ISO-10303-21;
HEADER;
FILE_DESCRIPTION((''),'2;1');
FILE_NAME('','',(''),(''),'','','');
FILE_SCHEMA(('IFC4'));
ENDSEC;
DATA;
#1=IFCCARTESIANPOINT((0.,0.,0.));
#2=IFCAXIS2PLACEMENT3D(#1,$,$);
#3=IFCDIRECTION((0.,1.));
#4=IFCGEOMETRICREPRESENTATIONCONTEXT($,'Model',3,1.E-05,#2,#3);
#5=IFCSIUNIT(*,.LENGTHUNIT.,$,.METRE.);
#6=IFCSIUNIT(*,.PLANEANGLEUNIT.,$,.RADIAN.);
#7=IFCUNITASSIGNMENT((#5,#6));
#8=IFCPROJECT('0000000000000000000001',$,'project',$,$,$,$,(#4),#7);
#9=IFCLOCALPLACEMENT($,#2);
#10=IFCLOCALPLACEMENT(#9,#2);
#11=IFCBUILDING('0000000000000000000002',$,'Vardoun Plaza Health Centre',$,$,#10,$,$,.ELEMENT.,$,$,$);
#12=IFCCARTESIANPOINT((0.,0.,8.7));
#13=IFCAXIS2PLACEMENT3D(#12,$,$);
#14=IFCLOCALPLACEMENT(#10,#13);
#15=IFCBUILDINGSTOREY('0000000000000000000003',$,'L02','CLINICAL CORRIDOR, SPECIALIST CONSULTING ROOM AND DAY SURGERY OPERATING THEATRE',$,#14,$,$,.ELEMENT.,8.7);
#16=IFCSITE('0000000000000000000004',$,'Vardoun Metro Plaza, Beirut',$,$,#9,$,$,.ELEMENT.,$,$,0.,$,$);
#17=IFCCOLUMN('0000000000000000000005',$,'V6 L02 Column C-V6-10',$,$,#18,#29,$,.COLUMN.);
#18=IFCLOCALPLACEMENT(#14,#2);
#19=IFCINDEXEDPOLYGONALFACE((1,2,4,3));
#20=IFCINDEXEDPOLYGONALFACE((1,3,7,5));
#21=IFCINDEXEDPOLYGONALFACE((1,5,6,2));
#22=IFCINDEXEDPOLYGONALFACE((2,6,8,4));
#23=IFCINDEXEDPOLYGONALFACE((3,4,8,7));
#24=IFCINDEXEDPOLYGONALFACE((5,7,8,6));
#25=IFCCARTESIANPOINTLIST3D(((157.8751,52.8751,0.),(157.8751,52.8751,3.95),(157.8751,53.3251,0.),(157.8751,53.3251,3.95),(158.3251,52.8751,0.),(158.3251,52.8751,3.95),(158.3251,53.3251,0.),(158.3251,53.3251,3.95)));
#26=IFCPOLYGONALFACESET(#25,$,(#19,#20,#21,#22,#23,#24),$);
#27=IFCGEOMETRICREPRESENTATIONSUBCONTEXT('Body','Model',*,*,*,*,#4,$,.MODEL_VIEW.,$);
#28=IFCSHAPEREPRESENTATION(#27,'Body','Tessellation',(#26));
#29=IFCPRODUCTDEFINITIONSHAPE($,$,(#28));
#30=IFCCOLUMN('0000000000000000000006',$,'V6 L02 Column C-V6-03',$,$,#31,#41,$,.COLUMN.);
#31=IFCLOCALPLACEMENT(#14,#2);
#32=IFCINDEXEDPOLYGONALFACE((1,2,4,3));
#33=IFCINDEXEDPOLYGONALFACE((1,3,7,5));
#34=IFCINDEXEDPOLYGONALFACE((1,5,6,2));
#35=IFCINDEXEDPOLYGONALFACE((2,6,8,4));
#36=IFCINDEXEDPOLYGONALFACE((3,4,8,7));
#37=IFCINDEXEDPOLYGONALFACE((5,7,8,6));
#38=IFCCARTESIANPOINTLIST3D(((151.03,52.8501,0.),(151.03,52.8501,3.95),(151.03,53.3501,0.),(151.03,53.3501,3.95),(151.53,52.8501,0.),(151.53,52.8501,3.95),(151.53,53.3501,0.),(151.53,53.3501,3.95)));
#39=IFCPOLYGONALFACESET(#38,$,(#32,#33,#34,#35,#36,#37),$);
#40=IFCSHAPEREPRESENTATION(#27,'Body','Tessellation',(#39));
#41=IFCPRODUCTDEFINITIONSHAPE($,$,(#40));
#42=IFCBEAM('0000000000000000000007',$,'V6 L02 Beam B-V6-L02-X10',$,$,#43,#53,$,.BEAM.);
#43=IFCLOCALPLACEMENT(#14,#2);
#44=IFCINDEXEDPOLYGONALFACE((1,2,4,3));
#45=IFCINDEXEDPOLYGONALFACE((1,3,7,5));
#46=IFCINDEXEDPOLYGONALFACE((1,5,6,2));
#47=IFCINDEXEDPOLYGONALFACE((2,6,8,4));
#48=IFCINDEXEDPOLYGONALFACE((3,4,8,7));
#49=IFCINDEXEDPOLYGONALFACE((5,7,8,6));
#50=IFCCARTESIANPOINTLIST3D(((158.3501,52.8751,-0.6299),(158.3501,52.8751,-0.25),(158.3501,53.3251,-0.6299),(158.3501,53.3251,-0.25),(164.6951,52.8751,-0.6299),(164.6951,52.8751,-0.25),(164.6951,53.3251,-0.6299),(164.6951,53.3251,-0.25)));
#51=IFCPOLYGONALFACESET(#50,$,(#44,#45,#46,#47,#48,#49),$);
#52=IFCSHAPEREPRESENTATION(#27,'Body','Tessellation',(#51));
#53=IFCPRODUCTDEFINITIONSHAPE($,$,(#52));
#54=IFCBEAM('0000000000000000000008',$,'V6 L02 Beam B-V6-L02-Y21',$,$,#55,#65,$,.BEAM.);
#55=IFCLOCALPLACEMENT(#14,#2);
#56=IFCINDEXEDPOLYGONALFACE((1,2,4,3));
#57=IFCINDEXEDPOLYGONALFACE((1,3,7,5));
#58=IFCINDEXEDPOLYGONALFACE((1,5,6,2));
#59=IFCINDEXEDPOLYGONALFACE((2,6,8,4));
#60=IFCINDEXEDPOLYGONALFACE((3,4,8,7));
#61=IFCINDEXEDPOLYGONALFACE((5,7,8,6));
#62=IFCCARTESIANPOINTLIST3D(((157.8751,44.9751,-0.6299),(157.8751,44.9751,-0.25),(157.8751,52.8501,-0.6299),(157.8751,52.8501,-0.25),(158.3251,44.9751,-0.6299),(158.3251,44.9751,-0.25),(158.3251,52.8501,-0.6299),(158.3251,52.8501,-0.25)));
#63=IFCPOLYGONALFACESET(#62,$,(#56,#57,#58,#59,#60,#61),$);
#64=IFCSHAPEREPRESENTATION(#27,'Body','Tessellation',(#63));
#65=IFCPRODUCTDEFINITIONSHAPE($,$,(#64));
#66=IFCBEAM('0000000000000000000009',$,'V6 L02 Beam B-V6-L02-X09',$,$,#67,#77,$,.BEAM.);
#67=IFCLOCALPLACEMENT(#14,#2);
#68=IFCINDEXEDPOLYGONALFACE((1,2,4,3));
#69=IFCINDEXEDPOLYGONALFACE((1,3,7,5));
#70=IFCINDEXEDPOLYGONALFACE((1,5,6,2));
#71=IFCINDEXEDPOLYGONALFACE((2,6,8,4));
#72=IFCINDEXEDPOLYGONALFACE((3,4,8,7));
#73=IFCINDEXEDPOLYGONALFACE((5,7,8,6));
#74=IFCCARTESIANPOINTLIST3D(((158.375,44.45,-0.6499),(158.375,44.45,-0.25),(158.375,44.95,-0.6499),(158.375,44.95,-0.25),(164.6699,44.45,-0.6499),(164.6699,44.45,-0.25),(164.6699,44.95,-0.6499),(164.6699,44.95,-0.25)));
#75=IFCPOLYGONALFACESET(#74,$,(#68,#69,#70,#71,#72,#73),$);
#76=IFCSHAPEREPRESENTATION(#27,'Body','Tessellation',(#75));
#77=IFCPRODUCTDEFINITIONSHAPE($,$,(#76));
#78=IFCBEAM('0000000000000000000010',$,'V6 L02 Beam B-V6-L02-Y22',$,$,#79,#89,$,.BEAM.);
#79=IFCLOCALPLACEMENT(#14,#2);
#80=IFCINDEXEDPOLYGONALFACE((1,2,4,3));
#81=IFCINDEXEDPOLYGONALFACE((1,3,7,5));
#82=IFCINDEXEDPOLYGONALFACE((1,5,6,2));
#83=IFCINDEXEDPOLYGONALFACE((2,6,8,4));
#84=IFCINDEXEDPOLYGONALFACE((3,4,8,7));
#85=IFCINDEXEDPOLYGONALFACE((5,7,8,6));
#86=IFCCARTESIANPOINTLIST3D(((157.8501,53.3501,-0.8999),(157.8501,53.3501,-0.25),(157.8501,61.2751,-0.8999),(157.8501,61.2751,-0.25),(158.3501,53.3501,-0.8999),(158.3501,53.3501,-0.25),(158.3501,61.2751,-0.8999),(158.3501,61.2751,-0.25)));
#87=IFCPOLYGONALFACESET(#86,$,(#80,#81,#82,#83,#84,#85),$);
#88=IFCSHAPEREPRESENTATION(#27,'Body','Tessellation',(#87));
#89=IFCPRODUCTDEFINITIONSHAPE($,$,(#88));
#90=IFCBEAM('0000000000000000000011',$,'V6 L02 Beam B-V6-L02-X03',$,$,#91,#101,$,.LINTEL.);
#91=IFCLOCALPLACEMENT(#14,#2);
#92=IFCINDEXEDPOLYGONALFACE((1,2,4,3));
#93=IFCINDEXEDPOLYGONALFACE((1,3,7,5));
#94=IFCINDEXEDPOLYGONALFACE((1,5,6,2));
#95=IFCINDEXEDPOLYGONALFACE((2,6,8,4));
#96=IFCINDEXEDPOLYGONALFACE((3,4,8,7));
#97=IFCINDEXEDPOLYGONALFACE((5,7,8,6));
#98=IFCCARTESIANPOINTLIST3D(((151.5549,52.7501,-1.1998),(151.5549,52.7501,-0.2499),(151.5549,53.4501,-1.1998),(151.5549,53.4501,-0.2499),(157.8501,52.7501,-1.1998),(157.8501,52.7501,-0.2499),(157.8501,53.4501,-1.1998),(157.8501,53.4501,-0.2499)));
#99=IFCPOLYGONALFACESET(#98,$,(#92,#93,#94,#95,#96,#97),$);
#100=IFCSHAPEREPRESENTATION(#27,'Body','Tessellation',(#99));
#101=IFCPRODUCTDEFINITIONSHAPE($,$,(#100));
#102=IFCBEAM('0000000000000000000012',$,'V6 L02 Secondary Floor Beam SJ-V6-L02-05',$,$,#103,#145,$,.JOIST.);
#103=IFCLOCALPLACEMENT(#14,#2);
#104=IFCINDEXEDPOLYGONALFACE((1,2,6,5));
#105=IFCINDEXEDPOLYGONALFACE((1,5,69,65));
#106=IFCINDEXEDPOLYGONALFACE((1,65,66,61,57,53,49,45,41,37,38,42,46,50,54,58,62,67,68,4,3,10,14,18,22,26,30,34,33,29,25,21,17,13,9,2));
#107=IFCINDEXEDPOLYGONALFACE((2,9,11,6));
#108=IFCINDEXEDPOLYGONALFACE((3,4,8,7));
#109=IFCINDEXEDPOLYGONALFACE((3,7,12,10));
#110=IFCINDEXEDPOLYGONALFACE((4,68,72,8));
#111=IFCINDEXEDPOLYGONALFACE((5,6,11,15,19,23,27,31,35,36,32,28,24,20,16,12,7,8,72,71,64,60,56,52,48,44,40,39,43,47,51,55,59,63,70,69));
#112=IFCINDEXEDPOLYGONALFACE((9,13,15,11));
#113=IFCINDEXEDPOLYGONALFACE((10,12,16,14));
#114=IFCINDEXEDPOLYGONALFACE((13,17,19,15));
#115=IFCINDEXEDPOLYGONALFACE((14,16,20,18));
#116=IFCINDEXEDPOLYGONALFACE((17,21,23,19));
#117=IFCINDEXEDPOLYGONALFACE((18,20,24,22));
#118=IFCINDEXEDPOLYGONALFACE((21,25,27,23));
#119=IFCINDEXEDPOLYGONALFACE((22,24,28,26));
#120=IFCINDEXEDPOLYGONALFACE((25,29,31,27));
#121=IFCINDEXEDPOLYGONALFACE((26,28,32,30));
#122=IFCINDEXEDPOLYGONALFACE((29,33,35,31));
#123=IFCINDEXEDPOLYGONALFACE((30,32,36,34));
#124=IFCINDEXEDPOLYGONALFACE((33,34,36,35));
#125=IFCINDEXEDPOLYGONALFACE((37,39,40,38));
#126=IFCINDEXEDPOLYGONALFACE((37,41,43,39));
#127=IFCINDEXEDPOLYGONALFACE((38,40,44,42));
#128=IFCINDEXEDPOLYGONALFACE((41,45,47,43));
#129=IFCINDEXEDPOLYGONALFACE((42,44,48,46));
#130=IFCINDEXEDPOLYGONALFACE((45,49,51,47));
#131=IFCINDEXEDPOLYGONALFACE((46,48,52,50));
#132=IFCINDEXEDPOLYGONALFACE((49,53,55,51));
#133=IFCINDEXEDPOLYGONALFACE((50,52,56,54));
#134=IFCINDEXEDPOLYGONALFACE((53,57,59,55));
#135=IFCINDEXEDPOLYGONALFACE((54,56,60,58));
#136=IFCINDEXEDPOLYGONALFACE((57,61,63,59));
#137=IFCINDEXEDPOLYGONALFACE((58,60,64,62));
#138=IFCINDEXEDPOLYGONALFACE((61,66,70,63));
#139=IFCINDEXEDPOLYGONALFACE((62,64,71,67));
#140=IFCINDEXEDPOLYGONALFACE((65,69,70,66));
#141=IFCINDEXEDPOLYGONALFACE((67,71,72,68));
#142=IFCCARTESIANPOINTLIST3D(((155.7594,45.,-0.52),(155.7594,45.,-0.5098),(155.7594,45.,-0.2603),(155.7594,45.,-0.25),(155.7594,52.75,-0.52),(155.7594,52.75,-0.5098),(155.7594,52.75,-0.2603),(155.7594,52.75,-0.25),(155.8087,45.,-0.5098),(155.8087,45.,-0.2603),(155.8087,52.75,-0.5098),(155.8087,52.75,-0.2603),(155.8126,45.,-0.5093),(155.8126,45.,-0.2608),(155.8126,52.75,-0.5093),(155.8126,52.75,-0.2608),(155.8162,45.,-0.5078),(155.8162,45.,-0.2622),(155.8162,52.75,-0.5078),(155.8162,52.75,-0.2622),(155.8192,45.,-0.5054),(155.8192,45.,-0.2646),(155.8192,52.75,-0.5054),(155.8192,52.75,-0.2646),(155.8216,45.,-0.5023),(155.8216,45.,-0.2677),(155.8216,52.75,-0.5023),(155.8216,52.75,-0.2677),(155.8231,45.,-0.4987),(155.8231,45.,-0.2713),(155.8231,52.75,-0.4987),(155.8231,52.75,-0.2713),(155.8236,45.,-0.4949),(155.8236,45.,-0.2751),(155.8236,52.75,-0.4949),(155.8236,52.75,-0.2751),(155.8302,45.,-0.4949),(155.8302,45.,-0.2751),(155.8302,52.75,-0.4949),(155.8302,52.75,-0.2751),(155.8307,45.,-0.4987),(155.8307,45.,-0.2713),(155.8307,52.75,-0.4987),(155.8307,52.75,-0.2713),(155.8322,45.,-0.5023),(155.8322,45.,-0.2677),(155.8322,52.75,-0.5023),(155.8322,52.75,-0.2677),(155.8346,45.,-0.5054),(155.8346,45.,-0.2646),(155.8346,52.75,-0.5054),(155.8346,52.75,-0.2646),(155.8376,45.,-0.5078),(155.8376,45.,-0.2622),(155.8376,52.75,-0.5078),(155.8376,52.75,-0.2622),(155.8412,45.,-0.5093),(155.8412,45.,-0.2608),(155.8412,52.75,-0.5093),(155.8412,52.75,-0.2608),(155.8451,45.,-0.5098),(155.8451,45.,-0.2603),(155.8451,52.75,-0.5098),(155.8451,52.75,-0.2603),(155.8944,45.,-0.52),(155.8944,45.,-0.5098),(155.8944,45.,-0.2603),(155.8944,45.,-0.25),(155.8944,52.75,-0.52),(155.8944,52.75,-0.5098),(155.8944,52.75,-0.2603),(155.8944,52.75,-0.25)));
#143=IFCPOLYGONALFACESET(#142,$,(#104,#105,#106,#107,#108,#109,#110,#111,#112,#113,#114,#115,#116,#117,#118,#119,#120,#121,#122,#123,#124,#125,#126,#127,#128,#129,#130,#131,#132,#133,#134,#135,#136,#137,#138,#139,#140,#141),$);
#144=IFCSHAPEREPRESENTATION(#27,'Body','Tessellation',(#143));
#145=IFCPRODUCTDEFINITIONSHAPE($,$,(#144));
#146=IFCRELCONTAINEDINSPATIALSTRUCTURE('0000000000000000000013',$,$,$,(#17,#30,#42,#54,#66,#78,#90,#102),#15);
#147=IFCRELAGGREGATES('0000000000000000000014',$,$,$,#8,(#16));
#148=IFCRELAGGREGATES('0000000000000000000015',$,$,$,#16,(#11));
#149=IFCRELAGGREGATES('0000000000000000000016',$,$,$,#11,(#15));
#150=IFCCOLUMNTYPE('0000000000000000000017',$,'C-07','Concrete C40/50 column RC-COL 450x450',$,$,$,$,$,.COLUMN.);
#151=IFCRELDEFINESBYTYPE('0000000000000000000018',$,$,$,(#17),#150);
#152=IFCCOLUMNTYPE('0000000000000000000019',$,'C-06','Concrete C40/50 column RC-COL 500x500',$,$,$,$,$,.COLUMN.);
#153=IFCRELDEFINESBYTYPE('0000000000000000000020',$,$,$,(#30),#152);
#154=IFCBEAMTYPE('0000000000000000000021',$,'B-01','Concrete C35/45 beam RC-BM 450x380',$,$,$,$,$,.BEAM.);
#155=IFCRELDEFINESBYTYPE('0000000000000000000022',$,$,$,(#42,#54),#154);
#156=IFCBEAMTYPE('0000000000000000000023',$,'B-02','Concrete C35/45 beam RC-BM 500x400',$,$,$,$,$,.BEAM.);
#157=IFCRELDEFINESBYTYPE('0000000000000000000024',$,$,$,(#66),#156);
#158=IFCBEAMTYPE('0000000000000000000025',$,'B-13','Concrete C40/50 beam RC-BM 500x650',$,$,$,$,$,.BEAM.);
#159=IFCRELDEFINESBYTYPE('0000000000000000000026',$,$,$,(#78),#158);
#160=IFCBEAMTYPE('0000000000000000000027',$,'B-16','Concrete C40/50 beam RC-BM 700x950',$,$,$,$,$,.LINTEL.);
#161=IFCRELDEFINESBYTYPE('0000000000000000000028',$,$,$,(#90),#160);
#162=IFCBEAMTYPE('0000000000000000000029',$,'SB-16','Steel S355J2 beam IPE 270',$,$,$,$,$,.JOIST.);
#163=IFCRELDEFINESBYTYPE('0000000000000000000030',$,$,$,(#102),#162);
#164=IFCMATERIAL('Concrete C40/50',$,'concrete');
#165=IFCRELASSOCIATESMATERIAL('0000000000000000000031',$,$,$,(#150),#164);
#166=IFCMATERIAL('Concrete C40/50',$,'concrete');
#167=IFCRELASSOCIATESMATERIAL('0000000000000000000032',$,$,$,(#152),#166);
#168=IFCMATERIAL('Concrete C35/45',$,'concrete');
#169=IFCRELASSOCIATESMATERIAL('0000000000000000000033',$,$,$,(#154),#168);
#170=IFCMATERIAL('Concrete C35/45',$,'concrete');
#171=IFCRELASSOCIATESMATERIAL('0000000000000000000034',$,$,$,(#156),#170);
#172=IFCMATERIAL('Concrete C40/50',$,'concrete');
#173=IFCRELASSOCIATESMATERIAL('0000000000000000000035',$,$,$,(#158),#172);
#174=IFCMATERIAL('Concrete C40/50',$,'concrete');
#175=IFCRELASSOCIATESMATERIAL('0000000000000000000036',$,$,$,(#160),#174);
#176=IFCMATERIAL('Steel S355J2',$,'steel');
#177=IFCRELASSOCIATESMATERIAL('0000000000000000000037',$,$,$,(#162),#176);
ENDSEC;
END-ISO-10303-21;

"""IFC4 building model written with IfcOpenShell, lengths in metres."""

from ifc_helpers import new_model, si_unit, direction, frame, origin, origin_2d, place, context, subcontext, project, spatial, rectangle, i_section, extrude, material, material_profile, profile_set, type_object, element, save


model = new_model("IFC4")

# Units and contexts
model_context = context("Model", 3, precision=1e-05, world=origin(), true_north=direction((0.0, 1.0)))
body_context = subcontext(model_context, "Body", "Model", "MODEL_VIEW")
ifc_project = project(units=[si_unit("LENGTHUNIT", "METRE"), si_unit("PLANEANGLEUNIT", "RADIAN")], contexts=[model_context])

# Site, building, storey
site_placement = place(None, origin())
site = spatial("IfcSite", under=ifc_project, at=site_placement, Name="Vardoun Metro Plaza, Beirut", CompositionType="ELEMENT", RefElevation=0.0)
building_placement = place(site_placement, origin())
building = spatial("IfcBuilding", under=site, at=building_placement, Name="Vardoun Plaza Health Centre", CompositionType="ELEMENT")
storey_placement = place(building_placement, frame((0.0, 0.0, 8.7)))
storey = spatial("IfcBuildingStorey", under=building, at=storey_placement, Name="L02", Description="CLINICAL CORRIDOR, SPECIALIST CONSULTING ROOM AND DAY SURGERY OPERATING THEATRE", CompositionType="ELEMENT", Elevation=8.7)

# Columns
ifc_material_1 = material(Name="Concrete C40/50", Category="concrete")
ifc_material_profile_1 = material_profile(ifc_material_1, rectangle(XDim=0.45, YDim=0.45, at=origin_2d()), Name="RC-COL 450x450")
ifc_profile_set_1 = profile_set([ifc_material_profile_1], Name="Concrete C40/50")
column_type_1 = type_object("IfcColumnType", Name="C-07", Description="Concrete C40/50 column RC-COL 450x450", PredefinedType="COLUMN", material=ifc_profile_set_1)
column_1_placement = place(storey_placement, frame((158.1001, 53.1001, 0.0), z_axis=(0.0, 0.0, 1.0), x_axis=(1.0, 0.0, 0.0)))
element("IfcColumn", 1, at=column_1_placement, inside=storey, type_object=column_type_1, Name="V6 L02 Column C-V6-10", PredefinedType="COLUMN", context=body_context, shape_type="SweptSolid", body=[
    extrude(rectangle(XDim=0.45, YDim=0.45, at=origin_2d()), origin(), (0.0, 0.0, 1.0), 3.95),
])
ifc_material_2 = material(Name="Concrete C40/50", Category="concrete")
ifc_material_profile_2 = material_profile(ifc_material_2, rectangle(XDim=0.5, YDim=0.5, at=origin_2d()), Name="RC-COL 500x500")
ifc_profile_set_2 = profile_set([ifc_material_profile_2], Name="Concrete C40/50")
column_type_2 = type_object("IfcColumnType", Name="C-06", Description="Concrete C40/50 column RC-COL 500x500", PredefinedType="COLUMN", material=ifc_profile_set_2)
column_2_placement = place(storey_placement, frame((151.28, 53.1001, 0.0), z_axis=(0.0, 0.0, 1.0), x_axis=(1.0, 0.0, 0.0)))
element("IfcColumn", 2, at=column_2_placement, inside=storey, type_object=column_type_2, Name="V6 L02 Column C-V6-03", PredefinedType="COLUMN", context=body_context, shape_type="SweptSolid", body=[
    extrude(rectangle(XDim=0.5, YDim=0.5, at=origin_2d()), origin(), (0.0, 0.0, 1.0), 3.95),
])

# Beams
ifc_material_3 = material(Name="Concrete C35/45", Category="concrete")
ifc_material_profile_3 = material_profile(ifc_material_3, rectangle(XDim=0.45, YDim=0.3799, at=origin_2d()), Name="RC-BM 450x380")
ifc_profile_set_3 = profile_set([ifc_material_profile_3], Name="Concrete C35/45")
beam_type_1 = type_object("IfcBeamType", Name="B-01", Description="Concrete C35/45 beam RC-BM 450x380", PredefinedType="BEAM", material=ifc_profile_set_3)
beam_1_placement = place(storey_placement, frame((158.3501, 53.1001, -0.4399), z_axis=(1.0, 0.0, 0.0), x_axis=(0.0, 1.0, 0.0)))
element("IfcBeam", 3, at=beam_1_placement, inside=storey, type_object=beam_type_1, Name="V6 L02 Beam B-V6-L02-X10", PredefinedType="BEAM", context=body_context, shape_type="SweptSolid", body=[
    extrude(rectangle(XDim=0.45, YDim=0.3799, at=origin_2d()), origin(), (0.0, 0.0, 1.0), 6.345),
])
beam_2_placement = place(storey_placement, frame((158.1001, 44.9751, -0.4399), z_axis=(0.0, 1.0, 0.0), x_axis=(-1.0, 0.0, 0.0)))
element("IfcBeam", 4, at=beam_2_placement, inside=storey, type_object=beam_type_1, Name="V6 L02 Beam B-V6-L02-Y21", PredefinedType="BEAM", context=body_context, shape_type="SweptSolid", body=[
    extrude(rectangle(XDim=0.45, YDim=0.3799, at=origin_2d()), origin(), (0.0, 0.0, 1.0), 7.875),
])
ifc_material_4 = material(Name="Concrete C35/45", Category="concrete")
ifc_material_profile_4 = material_profile(ifc_material_4, rectangle(XDim=0.5, YDim=0.3999, at=origin_2d()), Name="RC-BM 500x400")
ifc_profile_set_4 = profile_set([ifc_material_profile_4], Name="Concrete C35/45")
beam_type_2 = type_object("IfcBeamType", Name="B-02", Description="Concrete C35/45 beam RC-BM 500x400", PredefinedType="BEAM", material=ifc_profile_set_4)
beam_3_placement = place(storey_placement, frame((158.375, 44.7, -0.45), z_axis=(1.0, 0.0, 0.0), x_axis=(0.0, 1.0, 0.0)))
element("IfcBeam", 5, at=beam_3_placement, inside=storey, type_object=beam_type_2, Name="V6 L02 Beam B-V6-L02-X09", PredefinedType="BEAM", context=body_context, shape_type="SweptSolid", body=[
    extrude(rectangle(XDim=0.5, YDim=0.3999, at=origin_2d()), origin(), (0.0, 0.0, 1.0), 6.2949),
])
ifc_material_5 = material(Name="Concrete C40/50", Category="concrete")
ifc_material_profile_5 = material_profile(ifc_material_5, rectangle(XDim=0.5, YDim=0.6499, at=origin_2d()), Name="RC-BM 500x650")
ifc_profile_set_5 = profile_set([ifc_material_profile_5], Name="Concrete C40/50")
beam_type_3 = type_object("IfcBeamType", Name="B-13", Description="Concrete C40/50 beam RC-BM 500x650", PredefinedType="BEAM", material=ifc_profile_set_5)
beam_4_placement = place(storey_placement, frame((158.1001, 53.3501, -0.575), z_axis=(0.0, 1.0, 0.0), x_axis=(-1.0, 0.0, 0.0)))
element("IfcBeam", 6, at=beam_4_placement, inside=storey, type_object=beam_type_3, Name="V6 L02 Beam B-V6-L02-Y22", PredefinedType="BEAM", context=body_context, shape_type="SweptSolid", body=[
    extrude(rectangle(XDim=0.5, YDim=0.6499, at=origin_2d()), origin(), (0.0, 0.0, 1.0), 7.925),
])
ifc_material_6 = material(Name="Concrete C40/50", Category="concrete")
ifc_material_profile_6 = material_profile(ifc_material_6, rectangle(XDim=0.7, YDim=0.95, at=origin_2d()), Name="RC-BM 700x950")
ifc_profile_set_6 = profile_set([ifc_material_profile_6], Name="Concrete C40/50")
beam_type_4 = type_object("IfcBeamType", Name="B-16", Description="Concrete C40/50 beam RC-BM 700x950", PredefinedType="LINTEL", material=ifc_profile_set_6)
beam_5_placement = place(storey_placement, frame((151.5549, 53.1001, -0.7249), z_axis=(1.0, 0.0, 0.0), x_axis=(0.0, 1.0, 0.0)))
element("IfcBeam", 7, at=beam_5_placement, inside=storey, type_object=beam_type_4, Name="V6 L02 Beam B-V6-L02-X03", PredefinedType="LINTEL", context=body_context, shape_type="SweptSolid", body=[
    extrude(rectangle(XDim=0.7, YDim=0.95, at=origin_2d()), origin(), (0.0, 0.0, 1.0), 6.2952),
])
ifc_material_7 = material(Name="Steel S355J2", Category="steel")
ifc_material_profile_7 = material_profile(ifc_material_7, i_section(OverallWidth=0.135, OverallDepth=0.27, WebThickness=0.0066, FlangeThickness=0.0103, FilletRadius=0.0149, at=origin_2d()), Name="IPE 270")
ifc_profile_set_7 = profile_set([ifc_material_profile_7], Name="Steel S355J2")
beam_type_5 = type_object("IfcBeamType", Name="SB-16", Description="Steel S355J2 beam IPE 270", PredefinedType="JOIST", material=ifc_profile_set_7)
beam_6_placement = place(storey_placement, frame((155.8269, 45.0, -0.385), z_axis=(0.0, 1.0, 0.0), x_axis=(-1.0, 0.0, 0.0)))
element("IfcBeam", 8, at=beam_6_placement, inside=storey, type_object=beam_type_5, Name="V6 L02 Secondary Floor Beam SJ-V6-L02-05", PredefinedType="JOIST", context=body_context, shape_type="SweptSolid", body=[
    extrude(i_section(OverallWidth=0.135, OverallDepth=0.27, WebThickness=0.0066, FlangeThickness=0.0103, FilletRadius=0.0149, at=origin_2d()), origin(), (0.0, 0.0, 1.0), 7.75),
])

save(model, "model.ifc")
